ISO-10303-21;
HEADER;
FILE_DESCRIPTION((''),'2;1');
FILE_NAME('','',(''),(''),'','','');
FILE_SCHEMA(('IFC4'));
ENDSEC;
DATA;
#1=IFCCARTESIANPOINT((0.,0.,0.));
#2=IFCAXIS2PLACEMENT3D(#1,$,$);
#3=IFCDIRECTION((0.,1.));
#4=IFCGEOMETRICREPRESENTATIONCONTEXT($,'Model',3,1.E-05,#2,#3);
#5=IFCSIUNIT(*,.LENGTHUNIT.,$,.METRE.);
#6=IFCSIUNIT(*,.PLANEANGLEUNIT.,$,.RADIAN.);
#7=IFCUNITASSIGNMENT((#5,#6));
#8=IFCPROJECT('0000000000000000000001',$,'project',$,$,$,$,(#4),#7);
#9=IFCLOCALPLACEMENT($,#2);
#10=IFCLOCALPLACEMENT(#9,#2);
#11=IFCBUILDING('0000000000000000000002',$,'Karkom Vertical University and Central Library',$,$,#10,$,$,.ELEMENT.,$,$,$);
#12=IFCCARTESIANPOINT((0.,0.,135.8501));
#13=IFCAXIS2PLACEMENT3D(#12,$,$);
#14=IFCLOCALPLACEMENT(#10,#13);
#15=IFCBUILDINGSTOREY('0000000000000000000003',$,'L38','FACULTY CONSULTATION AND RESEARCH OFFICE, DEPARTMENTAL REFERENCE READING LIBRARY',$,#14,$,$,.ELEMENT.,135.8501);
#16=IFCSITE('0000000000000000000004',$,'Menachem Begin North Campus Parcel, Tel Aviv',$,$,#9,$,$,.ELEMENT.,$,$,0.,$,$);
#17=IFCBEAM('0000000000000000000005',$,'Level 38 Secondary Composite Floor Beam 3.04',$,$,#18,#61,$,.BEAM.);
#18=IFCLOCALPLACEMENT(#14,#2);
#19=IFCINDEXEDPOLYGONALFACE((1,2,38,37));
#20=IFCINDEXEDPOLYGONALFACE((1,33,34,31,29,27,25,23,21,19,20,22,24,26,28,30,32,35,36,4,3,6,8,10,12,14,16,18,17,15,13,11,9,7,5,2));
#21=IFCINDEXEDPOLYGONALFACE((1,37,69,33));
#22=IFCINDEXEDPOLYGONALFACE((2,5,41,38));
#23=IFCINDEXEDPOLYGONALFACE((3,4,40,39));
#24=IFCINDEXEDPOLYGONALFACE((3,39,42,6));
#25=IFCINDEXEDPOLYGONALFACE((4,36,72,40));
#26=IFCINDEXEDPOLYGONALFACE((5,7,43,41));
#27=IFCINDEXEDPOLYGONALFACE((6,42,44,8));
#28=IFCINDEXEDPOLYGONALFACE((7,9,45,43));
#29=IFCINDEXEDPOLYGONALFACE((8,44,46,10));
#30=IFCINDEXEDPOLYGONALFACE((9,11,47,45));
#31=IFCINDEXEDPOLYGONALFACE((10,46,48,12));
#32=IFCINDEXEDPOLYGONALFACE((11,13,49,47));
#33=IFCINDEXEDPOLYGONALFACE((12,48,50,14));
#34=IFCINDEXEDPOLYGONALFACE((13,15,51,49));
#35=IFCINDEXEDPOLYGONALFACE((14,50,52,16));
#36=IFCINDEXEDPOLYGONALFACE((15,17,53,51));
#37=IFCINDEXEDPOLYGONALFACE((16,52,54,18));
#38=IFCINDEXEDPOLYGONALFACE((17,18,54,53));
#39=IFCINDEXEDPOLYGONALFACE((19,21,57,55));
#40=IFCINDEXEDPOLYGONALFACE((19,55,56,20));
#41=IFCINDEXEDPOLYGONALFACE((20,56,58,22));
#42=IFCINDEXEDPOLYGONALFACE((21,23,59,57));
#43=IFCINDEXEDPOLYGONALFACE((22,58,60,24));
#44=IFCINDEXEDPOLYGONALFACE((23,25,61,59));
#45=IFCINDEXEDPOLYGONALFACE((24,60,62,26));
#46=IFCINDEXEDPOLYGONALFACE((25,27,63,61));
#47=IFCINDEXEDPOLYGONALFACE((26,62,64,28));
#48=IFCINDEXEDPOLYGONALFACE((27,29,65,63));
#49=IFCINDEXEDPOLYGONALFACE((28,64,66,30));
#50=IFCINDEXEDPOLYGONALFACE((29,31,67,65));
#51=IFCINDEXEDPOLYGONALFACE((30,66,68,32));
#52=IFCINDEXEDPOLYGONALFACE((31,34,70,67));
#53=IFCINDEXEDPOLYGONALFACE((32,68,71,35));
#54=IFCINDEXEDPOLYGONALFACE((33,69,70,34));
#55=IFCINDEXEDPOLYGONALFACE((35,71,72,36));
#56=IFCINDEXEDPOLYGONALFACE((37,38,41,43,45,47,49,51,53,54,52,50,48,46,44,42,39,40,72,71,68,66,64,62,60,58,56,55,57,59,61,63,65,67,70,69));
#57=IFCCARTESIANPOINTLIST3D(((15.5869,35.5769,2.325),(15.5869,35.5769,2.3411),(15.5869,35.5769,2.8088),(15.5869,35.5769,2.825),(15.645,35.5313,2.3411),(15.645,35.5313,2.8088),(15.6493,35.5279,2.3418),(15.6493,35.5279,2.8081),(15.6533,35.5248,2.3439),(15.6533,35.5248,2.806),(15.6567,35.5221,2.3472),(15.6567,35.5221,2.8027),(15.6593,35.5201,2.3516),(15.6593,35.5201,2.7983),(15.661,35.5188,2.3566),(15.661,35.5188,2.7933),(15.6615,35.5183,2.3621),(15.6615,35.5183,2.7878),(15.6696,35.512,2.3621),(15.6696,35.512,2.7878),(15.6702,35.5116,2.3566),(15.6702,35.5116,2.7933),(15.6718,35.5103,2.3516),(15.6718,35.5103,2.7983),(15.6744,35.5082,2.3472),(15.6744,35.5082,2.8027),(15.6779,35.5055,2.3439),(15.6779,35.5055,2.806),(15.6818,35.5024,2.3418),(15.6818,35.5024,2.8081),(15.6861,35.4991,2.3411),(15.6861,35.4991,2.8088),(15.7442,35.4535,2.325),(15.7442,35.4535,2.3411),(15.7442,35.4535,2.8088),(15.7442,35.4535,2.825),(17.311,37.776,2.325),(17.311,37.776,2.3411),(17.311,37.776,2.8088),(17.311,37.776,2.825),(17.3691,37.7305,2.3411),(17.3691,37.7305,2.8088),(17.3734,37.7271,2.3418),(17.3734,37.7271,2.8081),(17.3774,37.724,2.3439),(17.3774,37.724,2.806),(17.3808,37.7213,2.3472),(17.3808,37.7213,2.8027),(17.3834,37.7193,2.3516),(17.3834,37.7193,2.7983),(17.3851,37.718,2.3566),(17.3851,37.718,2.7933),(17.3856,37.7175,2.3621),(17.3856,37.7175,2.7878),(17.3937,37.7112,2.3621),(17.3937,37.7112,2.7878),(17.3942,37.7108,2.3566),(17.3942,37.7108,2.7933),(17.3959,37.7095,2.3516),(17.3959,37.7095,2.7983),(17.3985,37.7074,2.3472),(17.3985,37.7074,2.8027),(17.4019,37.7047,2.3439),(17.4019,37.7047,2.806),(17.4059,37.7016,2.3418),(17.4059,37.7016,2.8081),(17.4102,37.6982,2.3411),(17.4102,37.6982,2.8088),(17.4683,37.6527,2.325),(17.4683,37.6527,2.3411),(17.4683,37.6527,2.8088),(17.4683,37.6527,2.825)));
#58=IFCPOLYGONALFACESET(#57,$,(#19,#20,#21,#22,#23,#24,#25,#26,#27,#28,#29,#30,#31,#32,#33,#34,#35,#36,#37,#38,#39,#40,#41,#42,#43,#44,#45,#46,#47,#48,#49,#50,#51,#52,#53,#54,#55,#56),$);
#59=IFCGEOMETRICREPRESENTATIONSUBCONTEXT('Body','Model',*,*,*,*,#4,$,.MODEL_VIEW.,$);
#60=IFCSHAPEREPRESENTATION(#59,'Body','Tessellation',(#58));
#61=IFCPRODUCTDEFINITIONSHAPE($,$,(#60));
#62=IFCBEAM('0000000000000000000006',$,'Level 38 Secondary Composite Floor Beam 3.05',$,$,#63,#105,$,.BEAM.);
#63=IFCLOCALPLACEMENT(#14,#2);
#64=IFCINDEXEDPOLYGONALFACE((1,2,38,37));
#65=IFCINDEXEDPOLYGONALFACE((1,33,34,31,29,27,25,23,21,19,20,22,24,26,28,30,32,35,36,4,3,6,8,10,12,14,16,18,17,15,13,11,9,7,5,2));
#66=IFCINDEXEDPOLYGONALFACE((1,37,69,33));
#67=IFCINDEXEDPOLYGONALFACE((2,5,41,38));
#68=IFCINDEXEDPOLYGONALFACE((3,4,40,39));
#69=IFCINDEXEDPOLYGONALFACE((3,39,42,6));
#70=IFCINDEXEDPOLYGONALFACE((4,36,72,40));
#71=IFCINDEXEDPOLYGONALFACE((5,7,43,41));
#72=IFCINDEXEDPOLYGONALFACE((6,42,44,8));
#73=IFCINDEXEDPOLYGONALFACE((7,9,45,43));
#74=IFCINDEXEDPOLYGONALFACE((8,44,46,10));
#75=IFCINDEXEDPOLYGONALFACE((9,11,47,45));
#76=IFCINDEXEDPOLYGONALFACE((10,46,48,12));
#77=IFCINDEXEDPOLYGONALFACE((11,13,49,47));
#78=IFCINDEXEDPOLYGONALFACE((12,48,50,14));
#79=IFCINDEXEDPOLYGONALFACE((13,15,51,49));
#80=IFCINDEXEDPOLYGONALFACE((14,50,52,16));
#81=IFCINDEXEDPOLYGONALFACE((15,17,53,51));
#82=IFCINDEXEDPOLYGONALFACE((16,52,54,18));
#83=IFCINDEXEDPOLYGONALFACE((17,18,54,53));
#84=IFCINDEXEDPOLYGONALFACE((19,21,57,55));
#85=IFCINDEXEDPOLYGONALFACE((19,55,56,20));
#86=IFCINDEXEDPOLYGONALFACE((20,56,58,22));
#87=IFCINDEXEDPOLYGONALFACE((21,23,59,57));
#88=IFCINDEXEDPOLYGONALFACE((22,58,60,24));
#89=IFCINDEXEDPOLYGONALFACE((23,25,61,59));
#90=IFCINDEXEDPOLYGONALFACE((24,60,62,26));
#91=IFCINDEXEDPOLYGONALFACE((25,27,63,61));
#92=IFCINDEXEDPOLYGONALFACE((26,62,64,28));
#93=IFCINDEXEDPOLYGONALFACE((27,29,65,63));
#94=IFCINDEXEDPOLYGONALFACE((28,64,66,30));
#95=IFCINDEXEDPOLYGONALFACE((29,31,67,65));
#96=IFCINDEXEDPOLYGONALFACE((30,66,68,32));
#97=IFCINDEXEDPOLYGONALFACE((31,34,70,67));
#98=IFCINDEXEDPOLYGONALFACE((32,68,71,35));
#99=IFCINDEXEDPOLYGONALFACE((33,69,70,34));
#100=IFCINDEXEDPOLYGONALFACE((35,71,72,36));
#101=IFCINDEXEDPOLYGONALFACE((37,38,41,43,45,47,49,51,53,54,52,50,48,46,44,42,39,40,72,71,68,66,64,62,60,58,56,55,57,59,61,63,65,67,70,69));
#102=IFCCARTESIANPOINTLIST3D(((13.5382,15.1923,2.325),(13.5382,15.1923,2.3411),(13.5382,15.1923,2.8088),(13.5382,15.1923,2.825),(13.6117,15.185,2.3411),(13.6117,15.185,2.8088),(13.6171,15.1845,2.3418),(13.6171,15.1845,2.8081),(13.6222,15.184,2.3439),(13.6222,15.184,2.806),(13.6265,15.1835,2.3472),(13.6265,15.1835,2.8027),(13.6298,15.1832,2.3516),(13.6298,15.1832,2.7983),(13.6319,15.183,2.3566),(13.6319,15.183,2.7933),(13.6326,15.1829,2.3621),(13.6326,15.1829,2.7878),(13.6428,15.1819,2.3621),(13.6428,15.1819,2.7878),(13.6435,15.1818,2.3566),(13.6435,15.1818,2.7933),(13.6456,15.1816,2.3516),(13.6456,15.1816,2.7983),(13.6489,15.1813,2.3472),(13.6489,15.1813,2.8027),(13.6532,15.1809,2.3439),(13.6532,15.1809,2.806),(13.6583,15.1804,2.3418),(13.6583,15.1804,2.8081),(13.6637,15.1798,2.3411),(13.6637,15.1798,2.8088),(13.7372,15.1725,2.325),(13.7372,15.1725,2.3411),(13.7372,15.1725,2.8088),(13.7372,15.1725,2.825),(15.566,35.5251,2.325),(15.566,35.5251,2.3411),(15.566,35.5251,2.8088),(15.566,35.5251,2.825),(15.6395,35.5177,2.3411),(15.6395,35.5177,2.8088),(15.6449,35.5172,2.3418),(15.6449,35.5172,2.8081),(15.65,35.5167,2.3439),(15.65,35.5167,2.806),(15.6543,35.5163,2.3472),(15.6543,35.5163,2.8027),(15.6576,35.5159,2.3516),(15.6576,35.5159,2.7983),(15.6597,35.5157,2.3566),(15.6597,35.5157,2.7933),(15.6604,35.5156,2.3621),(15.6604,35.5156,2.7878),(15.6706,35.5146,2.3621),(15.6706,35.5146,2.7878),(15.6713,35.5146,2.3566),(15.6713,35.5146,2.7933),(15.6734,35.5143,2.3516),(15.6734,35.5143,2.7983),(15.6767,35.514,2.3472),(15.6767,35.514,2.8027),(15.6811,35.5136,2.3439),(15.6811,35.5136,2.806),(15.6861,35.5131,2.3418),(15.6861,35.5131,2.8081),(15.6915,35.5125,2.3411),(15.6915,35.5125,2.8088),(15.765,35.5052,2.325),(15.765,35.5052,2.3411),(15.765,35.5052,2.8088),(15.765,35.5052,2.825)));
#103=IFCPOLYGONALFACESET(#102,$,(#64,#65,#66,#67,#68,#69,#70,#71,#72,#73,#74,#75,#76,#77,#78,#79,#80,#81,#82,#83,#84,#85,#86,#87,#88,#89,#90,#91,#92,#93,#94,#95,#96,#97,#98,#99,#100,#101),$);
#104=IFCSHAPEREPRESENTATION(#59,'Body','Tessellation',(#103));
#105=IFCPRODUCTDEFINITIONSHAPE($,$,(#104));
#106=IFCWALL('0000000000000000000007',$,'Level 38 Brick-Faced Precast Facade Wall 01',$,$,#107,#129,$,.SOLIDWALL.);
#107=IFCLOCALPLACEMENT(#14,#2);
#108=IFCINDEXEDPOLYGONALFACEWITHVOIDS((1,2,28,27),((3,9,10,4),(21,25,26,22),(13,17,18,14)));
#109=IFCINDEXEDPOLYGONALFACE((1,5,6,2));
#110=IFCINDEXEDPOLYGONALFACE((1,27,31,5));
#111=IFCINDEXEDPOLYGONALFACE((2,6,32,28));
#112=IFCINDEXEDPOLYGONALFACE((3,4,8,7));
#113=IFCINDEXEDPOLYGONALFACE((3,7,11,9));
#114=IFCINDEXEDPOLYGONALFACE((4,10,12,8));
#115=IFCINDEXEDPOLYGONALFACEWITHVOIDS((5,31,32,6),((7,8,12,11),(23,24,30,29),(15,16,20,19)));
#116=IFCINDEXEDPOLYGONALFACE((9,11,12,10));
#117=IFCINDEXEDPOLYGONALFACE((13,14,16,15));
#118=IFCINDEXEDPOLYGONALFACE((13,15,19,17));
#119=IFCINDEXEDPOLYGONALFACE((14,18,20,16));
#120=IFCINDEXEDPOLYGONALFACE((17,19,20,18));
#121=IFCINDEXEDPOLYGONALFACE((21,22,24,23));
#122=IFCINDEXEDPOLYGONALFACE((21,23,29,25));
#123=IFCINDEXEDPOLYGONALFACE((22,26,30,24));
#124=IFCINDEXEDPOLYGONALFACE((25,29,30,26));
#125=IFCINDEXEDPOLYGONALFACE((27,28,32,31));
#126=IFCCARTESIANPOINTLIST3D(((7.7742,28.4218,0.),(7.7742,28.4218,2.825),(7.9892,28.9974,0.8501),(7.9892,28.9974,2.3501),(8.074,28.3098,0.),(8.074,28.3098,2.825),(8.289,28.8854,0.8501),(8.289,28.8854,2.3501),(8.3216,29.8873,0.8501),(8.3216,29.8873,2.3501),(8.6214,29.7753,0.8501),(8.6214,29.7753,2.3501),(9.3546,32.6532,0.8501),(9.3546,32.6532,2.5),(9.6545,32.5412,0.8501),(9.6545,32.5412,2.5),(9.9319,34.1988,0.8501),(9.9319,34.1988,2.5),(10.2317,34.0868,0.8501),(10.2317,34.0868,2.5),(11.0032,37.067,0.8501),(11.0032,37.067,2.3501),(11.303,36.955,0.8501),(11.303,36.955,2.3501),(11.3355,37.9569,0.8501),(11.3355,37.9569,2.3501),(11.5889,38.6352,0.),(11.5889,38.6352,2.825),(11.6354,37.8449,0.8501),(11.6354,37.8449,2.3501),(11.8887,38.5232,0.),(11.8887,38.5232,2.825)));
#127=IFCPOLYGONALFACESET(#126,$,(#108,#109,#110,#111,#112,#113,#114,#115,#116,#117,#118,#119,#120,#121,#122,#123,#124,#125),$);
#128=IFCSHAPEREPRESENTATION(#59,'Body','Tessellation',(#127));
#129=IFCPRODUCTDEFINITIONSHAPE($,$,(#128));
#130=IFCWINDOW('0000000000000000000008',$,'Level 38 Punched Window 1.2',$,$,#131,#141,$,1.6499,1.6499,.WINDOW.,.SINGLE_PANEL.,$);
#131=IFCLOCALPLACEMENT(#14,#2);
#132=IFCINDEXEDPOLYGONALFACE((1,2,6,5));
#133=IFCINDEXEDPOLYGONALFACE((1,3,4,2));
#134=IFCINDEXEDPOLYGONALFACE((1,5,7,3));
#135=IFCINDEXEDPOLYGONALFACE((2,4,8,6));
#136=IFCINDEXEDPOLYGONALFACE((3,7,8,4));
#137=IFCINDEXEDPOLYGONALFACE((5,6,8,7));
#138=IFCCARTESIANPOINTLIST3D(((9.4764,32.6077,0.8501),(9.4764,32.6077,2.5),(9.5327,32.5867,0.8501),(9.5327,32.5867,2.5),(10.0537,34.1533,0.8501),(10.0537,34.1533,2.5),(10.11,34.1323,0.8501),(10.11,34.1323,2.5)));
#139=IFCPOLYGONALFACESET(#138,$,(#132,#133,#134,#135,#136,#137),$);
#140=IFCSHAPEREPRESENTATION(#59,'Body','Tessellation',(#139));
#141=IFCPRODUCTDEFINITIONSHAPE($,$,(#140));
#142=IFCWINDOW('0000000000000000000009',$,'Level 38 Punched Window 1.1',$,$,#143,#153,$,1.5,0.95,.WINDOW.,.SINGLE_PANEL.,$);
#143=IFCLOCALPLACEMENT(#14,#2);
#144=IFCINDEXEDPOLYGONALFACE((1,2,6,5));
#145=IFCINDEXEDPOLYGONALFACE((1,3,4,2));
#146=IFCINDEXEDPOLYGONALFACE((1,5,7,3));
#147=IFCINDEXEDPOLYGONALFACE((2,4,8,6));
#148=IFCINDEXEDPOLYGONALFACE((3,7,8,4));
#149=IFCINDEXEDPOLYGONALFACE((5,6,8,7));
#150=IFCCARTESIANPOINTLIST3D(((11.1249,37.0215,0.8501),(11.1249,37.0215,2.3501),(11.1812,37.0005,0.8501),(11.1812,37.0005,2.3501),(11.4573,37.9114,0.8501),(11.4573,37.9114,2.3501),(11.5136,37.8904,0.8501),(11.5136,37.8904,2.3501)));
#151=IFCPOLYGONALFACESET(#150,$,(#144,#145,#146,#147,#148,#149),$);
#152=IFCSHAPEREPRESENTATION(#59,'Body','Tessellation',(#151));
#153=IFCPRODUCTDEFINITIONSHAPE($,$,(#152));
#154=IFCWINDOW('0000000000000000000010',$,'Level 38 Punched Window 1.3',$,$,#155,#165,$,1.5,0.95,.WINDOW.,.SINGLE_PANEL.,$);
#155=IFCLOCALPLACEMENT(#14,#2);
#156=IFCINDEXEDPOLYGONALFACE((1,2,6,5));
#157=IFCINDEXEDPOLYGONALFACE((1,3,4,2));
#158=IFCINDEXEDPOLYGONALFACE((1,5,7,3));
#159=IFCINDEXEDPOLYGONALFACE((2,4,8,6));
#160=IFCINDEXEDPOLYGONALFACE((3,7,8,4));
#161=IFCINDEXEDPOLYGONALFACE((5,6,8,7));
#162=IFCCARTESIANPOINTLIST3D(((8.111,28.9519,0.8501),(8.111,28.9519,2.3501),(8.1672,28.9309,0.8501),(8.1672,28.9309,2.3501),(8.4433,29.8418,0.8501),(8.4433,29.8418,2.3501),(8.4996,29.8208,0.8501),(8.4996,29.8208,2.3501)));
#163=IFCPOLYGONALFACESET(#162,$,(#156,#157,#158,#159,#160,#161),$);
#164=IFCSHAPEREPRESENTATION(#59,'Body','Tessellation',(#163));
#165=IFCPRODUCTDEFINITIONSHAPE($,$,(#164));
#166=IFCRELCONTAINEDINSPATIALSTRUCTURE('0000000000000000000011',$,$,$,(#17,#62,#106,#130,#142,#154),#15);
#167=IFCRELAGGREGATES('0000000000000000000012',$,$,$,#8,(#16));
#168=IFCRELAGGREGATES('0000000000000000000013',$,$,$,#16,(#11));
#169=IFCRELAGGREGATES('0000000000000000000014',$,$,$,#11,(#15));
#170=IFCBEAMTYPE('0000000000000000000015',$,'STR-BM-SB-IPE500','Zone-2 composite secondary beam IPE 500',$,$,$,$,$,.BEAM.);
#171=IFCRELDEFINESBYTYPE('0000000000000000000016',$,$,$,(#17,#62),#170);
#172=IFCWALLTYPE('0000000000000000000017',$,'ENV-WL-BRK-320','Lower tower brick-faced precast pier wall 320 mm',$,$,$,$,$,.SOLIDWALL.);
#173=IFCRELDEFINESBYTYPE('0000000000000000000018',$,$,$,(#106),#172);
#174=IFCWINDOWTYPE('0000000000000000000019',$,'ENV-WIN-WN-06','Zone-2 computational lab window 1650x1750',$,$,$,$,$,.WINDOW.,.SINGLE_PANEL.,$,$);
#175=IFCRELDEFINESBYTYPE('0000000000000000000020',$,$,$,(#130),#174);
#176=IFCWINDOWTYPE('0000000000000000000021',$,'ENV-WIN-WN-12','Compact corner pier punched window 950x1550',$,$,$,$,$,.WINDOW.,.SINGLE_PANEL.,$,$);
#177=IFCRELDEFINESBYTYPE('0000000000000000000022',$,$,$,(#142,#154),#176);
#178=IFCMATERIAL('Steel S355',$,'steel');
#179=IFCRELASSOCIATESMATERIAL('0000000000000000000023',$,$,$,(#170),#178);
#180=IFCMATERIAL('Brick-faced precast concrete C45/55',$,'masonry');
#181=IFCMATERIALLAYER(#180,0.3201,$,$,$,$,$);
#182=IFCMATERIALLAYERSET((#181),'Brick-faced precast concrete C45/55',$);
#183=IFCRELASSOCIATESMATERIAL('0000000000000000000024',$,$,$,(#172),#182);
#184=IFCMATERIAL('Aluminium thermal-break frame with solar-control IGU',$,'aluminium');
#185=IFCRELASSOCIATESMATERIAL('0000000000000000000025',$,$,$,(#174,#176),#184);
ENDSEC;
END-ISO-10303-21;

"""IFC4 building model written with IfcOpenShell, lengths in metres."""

from ifc_helpers import new_model, si_unit, direction, frame, frame_2d, origin, origin_with_axes, origin_2d, place, context, subcontext, project, spatial, rectangle, i_section, extrude, source, transform, mapped, material, layer, layer_set, material_profile, profile_set, type_object, element, fill, save


model = new_model("IFC4")

# Units and contexts
model_context = context("Model", 3, precision=1e-05, world=origin(), true_north=direction((0.0, 1.0)))
body_context = subcontext(model_context, "Body", "Model", "MODEL_VIEW")
ifc_project = project(units=[si_unit("LENGTHUNIT", "METRE"), si_unit("PLANEANGLEUNIT", "RADIAN")], contexts=[model_context])

# Site, building, storey
site_placement = place(None, origin())
site = spatial("IfcSite", under=ifc_project, at=site_placement, Name="Menachem Begin North Campus Parcel, Tel Aviv", CompositionType="ELEMENT", RefElevation=0.0)
building_placement = place(site_placement, origin())
building = spatial("IfcBuilding", under=site, at=building_placement, Name="Karkom Vertical University and Central Library", CompositionType="ELEMENT")
storey_placement = place(building_placement, frame((0.0, 0.0, 135.8501)))
storey = spatial("IfcBuildingStorey", under=building, at=storey_placement, Name="L38", Description="FACULTY CONSULTATION AND RESEARCH OFFICE, DEPARTMENTAL REFERENCE READING LIBRARY", CompositionType="ELEMENT", Elevation=135.8501)

# Beams
ifc_material_1 = material(Name="Steel S355", Category="steel")
ifc_material_profile_1 = material_profile(ifc_material_1, i_section(OverallWidth=0.2, OverallDepth=0.5, WebThickness=0.0103, FlangeThickness=0.0161, FilletRadius=0.021, at=origin_2d()), Name="IPE 500")
ifc_profile_set_1 = profile_set([ifc_material_profile_1], Name="Steel S355")
beam_type_1 = type_object("IfcBeamType", Name="STR-BM-SB-IPE500", Description="Zone-2 composite secondary beam IPE 500", PredefinedType="BEAM", material=ifc_profile_set_1)
shared_shape_1 = source(origin_with_axes(), body_context, "Body", "SweptSolid", [
    extrude(i_section(OverallWidth=0.2, OverallDepth=0.5, WebThickness=0.0103, FlangeThickness=0.0161, FilletRadius=0.021, at=origin_2d()), origin(), (0.0, 0.0, 1.0), 2.7944),
])
beam_1_placement = place(storey_placement, frame((17.3896, 37.7144, 2.575), z_axis=(-0.616972, -0.786985, 0.0), x_axis=(0.786985, -0.616972, 0.0)))
element("IfcBeam", 1, at=beam_1_placement, inside=storey, type_object=beam_type_1, Name="Level 38 Secondary Composite Floor Beam 3.04", PredefinedType="BEAM", context=body_context, shape_type="MappedRepresentation", body=[
    mapped(shared_shape_1, transform((0.0, 0.0, 0.0), scale=1.0)),
])
shared_shape_2 = source(origin_with_axes(), body_context, "Body", "SweptSolid", [
    extrude(i_section(OverallWidth=0.2, OverallDepth=0.5, WebThickness=0.0103, FlangeThickness=0.0161, FilletRadius=0.021, at=origin_2d()), origin(), (0.0, 0.0, 1.0), 20.4336),
])
beam_2_placement = place(storey_placement, frame((15.6655, 35.5151, 2.575), z_axis=(-0.09924, -0.995064, 0.0), x_axis=(0.995064, -0.09924, 0.0)))
element("IfcBeam", 2, at=beam_2_placement, inside=storey, type_object=beam_type_1, Name="Level 38 Secondary Composite Floor Beam 3.05", PredefinedType="BEAM", context=body_context, shape_type="MappedRepresentation", body=[
    mapped(shared_shape_2, transform((0.0, 0.0, 0.0), scale=1.0)),
])

# Wall, openings, windows
ifc_material_2 = material(Name="Brick-faced precast concrete C45/55", Category="masonry")
ifc_layer_1 = layer(ifc_material_2, 0.3201)
ifc_layer_set_1 = layer_set([ifc_layer_1], Name="Brick-faced precast concrete C45/55")
wall_type_1 = type_object("IfcWallType", Name="ENV-WL-BRK-320", Description="Lower tower brick-faced precast pier wall 320 mm", PredefinedType="SOLIDWALL", material=ifc_layer_set_1)
wall_1_placement = place(storey_placement, frame((11.7388, 38.5791, 0.0), z_axis=(0.0, 0.0, 1.0), x_axis=(-0.349891, -0.93679, 0.0)))
wall_1 = element("IfcWall", 3, at=wall_1_placement, inside=storey, type_object=wall_type_1, Name="Level 38 Brick-Faced Precast Facade Wall 01", PredefinedType="SOLIDWALL", context=body_context, shape_type="SweptSolid", body=[
    extrude(rectangle(XDim=10.9026, YDim=0.3201, at=frame_2d((5.4512, 0.0))), origin(), (0.0, 0.0, 1.0), 2.825),
])
opening_1_placement = place(wall_1_placement, frame((0.7239, 0.0, 0.8501)))
opening_1 = element("IfcOpeningElement", 4, at=opening_1_placement, cuts=wall_1, PredefinedType="OPENING", context=body_context, shape_type="SweptSolid", body=[
    extrude(rectangle(XDim=0.95, YDim=1.5, at=frame_2d((0.4751, 0.75))), frame((0.0, 0.1699, 0.0), z_axis=(0.0, -1.0, 0.0), x_axis=(1.0, 0.0, 0.0)), (0.0, 0.0, 1.0), 0.3401),
])
opening_2_placement = place(wall_1_placement, frame((4.7356, 0.0, 0.8501)))
opening_2 = element("IfcOpeningElement", 5, at=opening_2_placement, cuts=wall_1, PredefinedType="OPENING", context=body_context, shape_type="SweptSolid", body=[
    extrude(rectangle(XDim=1.6499, YDim=1.6499, at=frame_2d((0.825, 0.825))), frame((0.0, 0.1699, 0.0), z_axis=(0.0, -1.0, 0.0), x_axis=(1.0, 0.0, 0.0)), (0.0, 0.0, 1.0), 0.3401),
])
opening_3_placement = place(wall_1_placement, frame((9.3379, 0.0, 0.8501)))
opening_3 = element("IfcOpeningElement", 6, at=opening_3_placement, cuts=wall_1, PredefinedType="OPENING", context=body_context, shape_type="SweptSolid", body=[
    extrude(rectangle(XDim=0.95, YDim=1.5, at=frame_2d((0.4751, 0.75))), frame((0.0, 0.1699, 0.0), z_axis=(0.0, -1.0, 0.0), x_axis=(1.0, 0.0, 0.0)), (0.0, 0.0, 1.0), 0.3401),
])
ifc_material_3 = material(Name="Aluminium thermal-break frame with solar-control IGU", Category="aluminium")
window_type_1 = type_object("IfcWindowType", Name="ENV-WIN-WN-06", Description="Zone-2 computational lab window 1650x1750", PartitioningType="SINGLE_PANEL", PredefinedType="WINDOW", material=ifc_material_3)
shared_shape_3 = source(origin_with_axes(), body_context, "Body", "SweptSolid", [
    extrude(rectangle(XDim=1.6499, YDim=1.6499, at=frame_2d((0.825, 0.825))), frame((0.0, 0.03, 0.0), z_axis=(0.0, -1.0, 0.0), x_axis=(1.0, 0.0, 0.0)), (0.0, 0.0, 1.0), 0.0601),
])
window_1_placement = place(opening_2_placement, origin())
window_1 = element("IfcWindow", 7, at=window_1_placement, inside=storey, type_object=window_type_1, Name="Level 38 Punched Window 1.2", OverallHeight=1.6499, OverallWidth=1.6499, PartitioningType="SINGLE_PANEL", PredefinedType="WINDOW", context=body_context, shape_type="MappedRepresentation", body=[
    mapped(shared_shape_3, transform((0.0, 0.0, 0.0), scale=1.0)),
])
fill(opening_2, window_1)
window_type_2 = type_object("IfcWindowType", Name="ENV-WIN-WN-12", Description="Compact corner pier punched window 950x1550", PartitioningType="SINGLE_PANEL", PredefinedType="WINDOW", material=ifc_material_3)
shared_shape_4 = source(origin_with_axes(), body_context, "Body", "SweptSolid", [
    extrude(rectangle(XDim=0.95, YDim=1.5, at=frame_2d((0.4751, 0.75))), frame((0.0, 0.03, 0.0), z_axis=(0.0, -1.0, 0.0), x_axis=(1.0, 0.0, 0.0)), (0.0, 0.0, 1.0), 0.0601),
])
window_2_placement = place(opening_1_placement, origin())
window_2 = element("IfcWindow", 8, at=window_2_placement, inside=storey, type_object=window_type_2, Name="Level 38 Punched Window 1.1", OverallHeight=1.5, OverallWidth=0.95, PartitioningType="SINGLE_PANEL", PredefinedType="WINDOW", context=body_context, shape_type="MappedRepresentation", body=[
    mapped(shared_shape_4, transform((0.0, 0.0, 0.0), scale=1.0)),
])
fill(opening_1, window_2)
window_3_placement = place(opening_3_placement, origin())
window_3 = element("IfcWindow", 9, at=window_3_placement, inside=storey, type_object=window_type_2, Name="Level 38 Punched Window 1.3", OverallHeight=1.5, OverallWidth=0.95, PartitioningType="SINGLE_PANEL", PredefinedType="WINDOW", context=body_context, shape_type="MappedRepresentation", body=[
    mapped(shared_shape_4, transform((0.0, 0.0, 0.0), scale=1.0)),
])
fill(opening_3, window_3)

save(model, "model.ifc")
